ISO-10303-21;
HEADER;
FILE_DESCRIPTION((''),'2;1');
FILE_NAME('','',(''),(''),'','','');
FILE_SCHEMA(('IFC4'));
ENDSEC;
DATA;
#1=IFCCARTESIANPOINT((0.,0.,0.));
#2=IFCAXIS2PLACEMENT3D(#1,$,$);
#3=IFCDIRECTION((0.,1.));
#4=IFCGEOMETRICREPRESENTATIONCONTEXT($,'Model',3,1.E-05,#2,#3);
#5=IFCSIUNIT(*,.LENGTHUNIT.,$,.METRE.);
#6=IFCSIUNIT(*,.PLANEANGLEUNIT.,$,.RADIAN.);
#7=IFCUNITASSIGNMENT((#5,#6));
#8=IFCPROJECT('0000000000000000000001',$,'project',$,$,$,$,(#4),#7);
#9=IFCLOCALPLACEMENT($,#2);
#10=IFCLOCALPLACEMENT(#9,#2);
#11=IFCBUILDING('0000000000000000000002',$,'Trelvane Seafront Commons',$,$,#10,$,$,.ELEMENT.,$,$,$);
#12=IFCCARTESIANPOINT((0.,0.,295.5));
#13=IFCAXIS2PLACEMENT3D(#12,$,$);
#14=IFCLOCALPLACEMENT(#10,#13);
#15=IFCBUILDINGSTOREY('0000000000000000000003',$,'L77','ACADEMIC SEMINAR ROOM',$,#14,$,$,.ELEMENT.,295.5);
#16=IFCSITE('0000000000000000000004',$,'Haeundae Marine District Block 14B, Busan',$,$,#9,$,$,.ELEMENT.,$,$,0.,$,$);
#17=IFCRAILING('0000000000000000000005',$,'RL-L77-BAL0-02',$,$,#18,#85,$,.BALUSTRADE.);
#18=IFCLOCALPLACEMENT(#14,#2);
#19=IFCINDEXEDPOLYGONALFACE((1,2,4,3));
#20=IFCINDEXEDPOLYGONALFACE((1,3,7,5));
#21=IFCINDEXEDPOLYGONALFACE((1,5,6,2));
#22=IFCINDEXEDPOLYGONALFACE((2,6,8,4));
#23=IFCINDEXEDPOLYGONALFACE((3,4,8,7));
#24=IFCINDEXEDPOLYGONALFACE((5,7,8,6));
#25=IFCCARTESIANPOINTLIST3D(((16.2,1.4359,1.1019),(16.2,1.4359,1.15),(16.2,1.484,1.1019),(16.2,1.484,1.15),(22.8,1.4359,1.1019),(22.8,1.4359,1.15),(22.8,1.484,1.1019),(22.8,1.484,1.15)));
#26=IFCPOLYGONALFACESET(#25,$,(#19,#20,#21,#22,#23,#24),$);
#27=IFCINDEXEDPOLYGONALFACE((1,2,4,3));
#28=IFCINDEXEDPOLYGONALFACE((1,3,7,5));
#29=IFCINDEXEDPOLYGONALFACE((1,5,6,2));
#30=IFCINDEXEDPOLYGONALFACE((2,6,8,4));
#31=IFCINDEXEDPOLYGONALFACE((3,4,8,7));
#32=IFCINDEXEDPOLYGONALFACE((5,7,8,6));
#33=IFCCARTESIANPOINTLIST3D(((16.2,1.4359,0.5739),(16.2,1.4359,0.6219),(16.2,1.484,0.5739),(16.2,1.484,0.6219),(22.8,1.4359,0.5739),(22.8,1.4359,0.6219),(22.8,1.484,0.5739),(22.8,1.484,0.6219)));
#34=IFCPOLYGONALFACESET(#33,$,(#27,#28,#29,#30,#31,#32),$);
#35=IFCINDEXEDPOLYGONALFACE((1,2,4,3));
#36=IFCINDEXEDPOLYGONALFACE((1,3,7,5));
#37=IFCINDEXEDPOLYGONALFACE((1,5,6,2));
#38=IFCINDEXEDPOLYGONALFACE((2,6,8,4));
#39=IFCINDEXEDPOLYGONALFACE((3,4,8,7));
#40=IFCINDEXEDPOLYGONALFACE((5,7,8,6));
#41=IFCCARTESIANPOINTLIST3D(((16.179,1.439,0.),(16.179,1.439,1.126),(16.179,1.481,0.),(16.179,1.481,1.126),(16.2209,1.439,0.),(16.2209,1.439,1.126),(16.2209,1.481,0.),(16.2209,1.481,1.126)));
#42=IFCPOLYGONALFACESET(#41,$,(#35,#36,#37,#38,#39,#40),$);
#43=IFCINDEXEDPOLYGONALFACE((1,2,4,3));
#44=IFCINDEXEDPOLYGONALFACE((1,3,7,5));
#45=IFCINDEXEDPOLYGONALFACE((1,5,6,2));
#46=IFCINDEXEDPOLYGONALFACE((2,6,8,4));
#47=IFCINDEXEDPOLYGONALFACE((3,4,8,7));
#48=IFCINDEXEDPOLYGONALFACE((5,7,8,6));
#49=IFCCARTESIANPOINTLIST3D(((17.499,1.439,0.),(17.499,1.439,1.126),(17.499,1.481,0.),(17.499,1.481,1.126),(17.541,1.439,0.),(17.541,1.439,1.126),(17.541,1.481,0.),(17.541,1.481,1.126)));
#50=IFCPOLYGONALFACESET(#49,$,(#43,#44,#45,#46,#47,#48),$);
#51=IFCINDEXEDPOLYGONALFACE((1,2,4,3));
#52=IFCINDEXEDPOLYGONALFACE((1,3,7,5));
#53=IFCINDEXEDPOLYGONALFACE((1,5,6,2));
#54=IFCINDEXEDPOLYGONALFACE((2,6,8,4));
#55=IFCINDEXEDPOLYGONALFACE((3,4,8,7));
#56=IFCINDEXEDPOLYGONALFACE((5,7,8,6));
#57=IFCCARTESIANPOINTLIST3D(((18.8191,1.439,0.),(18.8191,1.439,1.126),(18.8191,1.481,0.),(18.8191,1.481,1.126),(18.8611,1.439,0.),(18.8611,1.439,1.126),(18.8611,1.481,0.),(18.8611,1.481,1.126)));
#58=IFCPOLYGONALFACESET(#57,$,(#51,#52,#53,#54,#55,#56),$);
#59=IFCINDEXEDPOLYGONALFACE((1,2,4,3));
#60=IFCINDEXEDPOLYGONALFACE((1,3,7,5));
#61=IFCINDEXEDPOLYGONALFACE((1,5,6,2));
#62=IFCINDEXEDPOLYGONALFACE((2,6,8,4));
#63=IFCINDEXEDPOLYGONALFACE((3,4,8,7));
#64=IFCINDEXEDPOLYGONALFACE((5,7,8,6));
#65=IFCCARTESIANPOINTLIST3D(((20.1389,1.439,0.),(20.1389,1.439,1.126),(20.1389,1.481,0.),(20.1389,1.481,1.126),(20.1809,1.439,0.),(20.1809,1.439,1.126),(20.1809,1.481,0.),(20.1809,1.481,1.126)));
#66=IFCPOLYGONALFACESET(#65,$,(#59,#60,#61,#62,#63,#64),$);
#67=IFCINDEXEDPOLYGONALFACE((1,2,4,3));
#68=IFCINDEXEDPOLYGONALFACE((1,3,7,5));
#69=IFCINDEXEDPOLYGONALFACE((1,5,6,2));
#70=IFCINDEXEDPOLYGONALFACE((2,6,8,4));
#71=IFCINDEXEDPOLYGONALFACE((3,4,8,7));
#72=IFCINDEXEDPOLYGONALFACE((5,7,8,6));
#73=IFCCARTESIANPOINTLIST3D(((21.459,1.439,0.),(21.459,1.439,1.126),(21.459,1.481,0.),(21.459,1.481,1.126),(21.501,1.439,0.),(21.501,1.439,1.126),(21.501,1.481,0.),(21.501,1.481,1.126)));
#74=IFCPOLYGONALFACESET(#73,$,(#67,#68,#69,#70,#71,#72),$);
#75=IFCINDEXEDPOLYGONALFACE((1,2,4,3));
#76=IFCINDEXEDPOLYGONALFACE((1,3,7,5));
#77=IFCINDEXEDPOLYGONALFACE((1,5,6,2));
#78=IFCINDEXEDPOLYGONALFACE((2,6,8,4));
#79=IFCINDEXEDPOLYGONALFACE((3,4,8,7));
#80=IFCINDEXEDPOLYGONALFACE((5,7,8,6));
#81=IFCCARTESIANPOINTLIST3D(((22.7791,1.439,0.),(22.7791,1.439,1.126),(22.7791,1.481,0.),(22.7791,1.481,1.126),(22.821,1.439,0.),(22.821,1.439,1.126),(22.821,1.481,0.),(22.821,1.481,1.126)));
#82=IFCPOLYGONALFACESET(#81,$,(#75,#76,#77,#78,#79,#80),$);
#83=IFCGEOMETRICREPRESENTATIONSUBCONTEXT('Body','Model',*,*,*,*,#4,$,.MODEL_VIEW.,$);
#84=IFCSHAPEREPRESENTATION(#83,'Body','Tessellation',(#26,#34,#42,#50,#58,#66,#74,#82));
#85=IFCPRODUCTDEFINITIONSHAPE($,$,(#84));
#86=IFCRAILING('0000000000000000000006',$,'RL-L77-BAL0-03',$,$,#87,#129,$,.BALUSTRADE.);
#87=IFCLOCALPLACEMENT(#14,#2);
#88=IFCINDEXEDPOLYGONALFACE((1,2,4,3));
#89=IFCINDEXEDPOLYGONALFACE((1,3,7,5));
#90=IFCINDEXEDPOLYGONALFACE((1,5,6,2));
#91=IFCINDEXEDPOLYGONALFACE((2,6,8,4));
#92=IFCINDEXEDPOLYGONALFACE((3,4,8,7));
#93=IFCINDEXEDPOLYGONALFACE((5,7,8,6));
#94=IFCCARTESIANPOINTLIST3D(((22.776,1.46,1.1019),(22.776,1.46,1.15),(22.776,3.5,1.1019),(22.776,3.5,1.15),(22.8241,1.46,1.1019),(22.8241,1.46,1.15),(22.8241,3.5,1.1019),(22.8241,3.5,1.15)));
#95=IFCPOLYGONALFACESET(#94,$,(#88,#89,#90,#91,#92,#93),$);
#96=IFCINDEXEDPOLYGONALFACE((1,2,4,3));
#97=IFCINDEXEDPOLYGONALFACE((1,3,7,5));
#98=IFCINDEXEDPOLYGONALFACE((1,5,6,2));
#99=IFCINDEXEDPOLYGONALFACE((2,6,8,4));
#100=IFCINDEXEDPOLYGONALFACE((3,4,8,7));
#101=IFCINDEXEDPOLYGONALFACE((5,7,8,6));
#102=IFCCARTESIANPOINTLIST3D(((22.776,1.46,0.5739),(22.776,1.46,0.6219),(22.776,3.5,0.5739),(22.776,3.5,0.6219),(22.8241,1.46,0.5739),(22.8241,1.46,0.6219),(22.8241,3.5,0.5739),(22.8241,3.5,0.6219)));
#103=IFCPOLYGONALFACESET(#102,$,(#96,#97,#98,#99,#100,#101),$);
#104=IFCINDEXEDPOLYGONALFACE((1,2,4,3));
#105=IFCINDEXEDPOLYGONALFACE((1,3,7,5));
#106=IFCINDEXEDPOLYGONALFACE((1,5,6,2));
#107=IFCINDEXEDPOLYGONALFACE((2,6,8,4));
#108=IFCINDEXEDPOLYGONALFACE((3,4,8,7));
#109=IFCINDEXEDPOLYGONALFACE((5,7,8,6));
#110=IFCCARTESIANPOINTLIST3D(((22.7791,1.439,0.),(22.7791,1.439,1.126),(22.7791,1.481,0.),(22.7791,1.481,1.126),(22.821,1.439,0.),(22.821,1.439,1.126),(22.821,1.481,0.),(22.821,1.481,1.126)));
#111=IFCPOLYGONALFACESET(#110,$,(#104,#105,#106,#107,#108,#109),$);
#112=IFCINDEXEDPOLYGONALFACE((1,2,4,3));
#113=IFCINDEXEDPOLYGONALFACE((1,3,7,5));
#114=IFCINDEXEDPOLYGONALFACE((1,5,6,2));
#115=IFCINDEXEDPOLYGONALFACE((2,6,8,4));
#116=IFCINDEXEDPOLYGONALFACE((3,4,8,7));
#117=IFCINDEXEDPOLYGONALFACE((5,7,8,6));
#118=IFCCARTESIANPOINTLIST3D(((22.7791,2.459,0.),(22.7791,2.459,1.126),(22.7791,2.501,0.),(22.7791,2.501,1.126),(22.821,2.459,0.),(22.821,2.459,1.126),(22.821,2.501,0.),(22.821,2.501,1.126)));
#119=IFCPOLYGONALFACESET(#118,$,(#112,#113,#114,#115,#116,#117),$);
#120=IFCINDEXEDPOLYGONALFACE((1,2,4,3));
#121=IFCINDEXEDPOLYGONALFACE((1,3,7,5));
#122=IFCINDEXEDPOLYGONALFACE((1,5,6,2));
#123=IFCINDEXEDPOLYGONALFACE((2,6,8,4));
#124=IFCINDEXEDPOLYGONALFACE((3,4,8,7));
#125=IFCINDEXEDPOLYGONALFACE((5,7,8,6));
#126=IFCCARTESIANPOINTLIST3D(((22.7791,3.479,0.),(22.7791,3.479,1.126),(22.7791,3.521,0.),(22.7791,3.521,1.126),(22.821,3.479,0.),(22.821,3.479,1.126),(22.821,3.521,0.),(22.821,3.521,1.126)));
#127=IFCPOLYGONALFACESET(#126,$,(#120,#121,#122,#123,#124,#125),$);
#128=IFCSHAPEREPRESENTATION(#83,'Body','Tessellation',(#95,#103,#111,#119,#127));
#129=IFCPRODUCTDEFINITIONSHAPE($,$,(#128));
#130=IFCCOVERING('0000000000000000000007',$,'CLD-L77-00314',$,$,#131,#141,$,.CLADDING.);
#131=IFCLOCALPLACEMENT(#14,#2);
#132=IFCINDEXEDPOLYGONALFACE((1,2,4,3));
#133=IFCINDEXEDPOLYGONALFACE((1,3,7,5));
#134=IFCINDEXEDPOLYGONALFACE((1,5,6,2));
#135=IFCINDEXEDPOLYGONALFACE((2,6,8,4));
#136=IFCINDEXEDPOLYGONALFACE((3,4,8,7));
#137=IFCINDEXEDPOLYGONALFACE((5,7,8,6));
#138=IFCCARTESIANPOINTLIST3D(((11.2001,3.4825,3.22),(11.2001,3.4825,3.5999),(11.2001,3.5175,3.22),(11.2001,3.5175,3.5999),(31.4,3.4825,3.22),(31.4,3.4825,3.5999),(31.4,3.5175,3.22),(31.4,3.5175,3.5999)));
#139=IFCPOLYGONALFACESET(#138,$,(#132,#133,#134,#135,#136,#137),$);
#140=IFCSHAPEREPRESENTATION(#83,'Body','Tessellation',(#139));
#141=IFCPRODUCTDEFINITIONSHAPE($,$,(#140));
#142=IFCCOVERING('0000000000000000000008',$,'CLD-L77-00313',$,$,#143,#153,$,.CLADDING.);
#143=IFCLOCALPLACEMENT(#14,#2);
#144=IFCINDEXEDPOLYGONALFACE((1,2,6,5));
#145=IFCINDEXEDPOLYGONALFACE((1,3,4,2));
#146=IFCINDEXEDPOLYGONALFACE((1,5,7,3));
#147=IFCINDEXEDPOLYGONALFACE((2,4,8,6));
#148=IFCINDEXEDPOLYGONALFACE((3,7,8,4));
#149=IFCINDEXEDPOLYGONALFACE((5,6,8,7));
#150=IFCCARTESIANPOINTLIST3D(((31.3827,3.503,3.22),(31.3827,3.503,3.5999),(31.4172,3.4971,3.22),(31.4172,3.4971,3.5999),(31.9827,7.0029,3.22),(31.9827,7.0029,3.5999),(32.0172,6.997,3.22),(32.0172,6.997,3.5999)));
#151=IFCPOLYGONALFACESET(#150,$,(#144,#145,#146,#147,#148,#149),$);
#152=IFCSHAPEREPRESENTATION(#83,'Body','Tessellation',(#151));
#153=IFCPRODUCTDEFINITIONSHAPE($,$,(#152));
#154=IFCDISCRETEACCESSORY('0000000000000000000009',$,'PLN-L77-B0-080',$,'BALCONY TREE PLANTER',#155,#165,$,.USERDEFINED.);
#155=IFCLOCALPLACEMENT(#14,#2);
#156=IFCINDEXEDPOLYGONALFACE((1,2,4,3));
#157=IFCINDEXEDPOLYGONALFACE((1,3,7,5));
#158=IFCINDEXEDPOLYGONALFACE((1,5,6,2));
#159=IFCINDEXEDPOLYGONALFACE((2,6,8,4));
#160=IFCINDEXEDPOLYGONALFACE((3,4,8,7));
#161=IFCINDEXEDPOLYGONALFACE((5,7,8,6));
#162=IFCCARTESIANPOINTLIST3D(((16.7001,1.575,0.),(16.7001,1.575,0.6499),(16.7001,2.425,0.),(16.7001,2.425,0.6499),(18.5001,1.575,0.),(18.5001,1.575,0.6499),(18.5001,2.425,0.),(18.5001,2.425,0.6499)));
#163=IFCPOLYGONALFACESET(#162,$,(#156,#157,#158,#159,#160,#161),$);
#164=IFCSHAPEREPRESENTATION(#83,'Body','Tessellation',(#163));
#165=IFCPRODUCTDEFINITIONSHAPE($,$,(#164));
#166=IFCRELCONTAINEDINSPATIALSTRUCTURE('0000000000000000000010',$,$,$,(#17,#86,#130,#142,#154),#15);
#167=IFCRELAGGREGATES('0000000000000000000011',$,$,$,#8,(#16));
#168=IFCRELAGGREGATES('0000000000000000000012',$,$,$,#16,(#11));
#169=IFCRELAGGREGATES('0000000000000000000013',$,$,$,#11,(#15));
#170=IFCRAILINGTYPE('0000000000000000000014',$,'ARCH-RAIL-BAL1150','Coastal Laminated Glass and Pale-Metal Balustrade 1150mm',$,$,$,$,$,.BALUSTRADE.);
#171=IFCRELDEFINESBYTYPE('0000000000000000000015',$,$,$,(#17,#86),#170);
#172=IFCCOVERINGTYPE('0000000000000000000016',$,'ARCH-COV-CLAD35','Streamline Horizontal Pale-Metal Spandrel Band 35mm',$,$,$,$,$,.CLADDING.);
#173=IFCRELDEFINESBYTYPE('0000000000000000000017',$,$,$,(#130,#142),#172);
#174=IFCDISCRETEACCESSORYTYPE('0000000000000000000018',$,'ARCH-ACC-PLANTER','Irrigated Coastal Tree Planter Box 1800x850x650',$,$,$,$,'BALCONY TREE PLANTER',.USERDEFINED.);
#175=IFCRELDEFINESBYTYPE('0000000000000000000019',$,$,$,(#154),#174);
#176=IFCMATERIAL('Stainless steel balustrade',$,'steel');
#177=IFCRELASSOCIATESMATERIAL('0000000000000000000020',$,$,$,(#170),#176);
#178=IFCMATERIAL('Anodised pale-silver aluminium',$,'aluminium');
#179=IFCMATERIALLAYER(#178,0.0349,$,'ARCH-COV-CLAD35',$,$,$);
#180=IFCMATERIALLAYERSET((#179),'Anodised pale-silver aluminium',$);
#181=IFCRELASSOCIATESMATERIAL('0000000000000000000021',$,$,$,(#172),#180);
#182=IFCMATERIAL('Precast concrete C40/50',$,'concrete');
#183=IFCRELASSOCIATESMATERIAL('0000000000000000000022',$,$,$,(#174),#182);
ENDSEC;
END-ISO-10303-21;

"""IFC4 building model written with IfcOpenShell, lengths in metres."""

from ifc_helpers import new_model, si_unit, direction, frame, origin, origin_2d, place, context, subcontext, project, spatial, rectangle, extrude, source, transform, mapped, material, layer, layer_set, type_object, element, save


model = new_model("IFC4")

# Units and contexts
model_context = context("Model", 3, precision=1e-05, world=origin(), true_north=direction((0.0, 1.0)))
body_context = subcontext(model_context, "Body", "Model", "MODEL_VIEW")
ifc_project = project(units=[si_unit("LENGTHUNIT", "METRE"), si_unit("PLANEANGLEUNIT", "RADIAN")], contexts=[model_context])

# Site, building, storey
site_placement = place(None, origin())
site = spatial("IfcSite", under=ifc_project, at=site_placement, Name="Haeundae Marine District Block 14B, Busan", CompositionType="ELEMENT", RefElevation=0.0)
building_placement = place(site_placement, origin())
building = spatial("IfcBuilding", under=site, at=building_placement, Name="Trelvane Seafront Commons", CompositionType="ELEMENT")
storey_placement = place(building_placement, frame((0.0, 0.0, 295.5)))
storey = spatial("IfcBuildingStorey", under=building, at=storey_placement, Name="L77", Description="ACADEMIC SEMINAR ROOM", CompositionType="ELEMENT", Elevation=295.5)

# Shared definitions
ifc_material_1 = material(Name="Anodised pale-silver aluminium", Category="aluminium")

# Shared definitions
ifc_material_2 = material(Name="Precast concrete C40/50", Category="concrete")

# Railings
ifc_material_3 = material(Name="Stainless steel balustrade", Category="steel")
railing_type = type_object("IfcRailingType", Name="ARCH-RAIL-BAL1150", Description="Coastal Laminated Glass and Pale-Metal Balustrade 1150mm", PredefinedType="BALUSTRADE", material=ifc_material_3)
railing_1_placement = place(storey_placement, frame((16.2, 1.46, 0.0)))
element("IfcRailing", 1, at=railing_1_placement, inside=storey, type_object=railing_type, Name="RL-L77-BAL0-02", PredefinedType="BALUSTRADE", context=body_context, shape_type="SweptSolid", body=[
    extrude(rectangle(XDim=0.0481, YDim=0.0481, at=origin_2d()), frame((0.0, 0.0, 1.126), z_axis=(1.0, 0.0, 0.0), x_axis=(0.0, 1.0, 0.0)), (0.0, 0.0, 1.0), 6.6001),
    extrude(rectangle(XDim=0.0481, YDim=0.0481, at=origin_2d()), frame((0.0, 0.0, 0.5979), z_axis=(1.0, 0.0, 0.0), x_axis=(0.0, 1.0, 0.0)), (0.0, 0.0, 1.0), 6.6001),
    extrude(rectangle(XDim=0.042, YDim=0.042, at=origin_2d()), origin(), (0.0, 0.0, 1.0), 1.126),
    extrude(rectangle(XDim=0.042, YDim=0.042, at=origin_2d()), frame((1.3201, 0.0, 0.0)), (0.0, 0.0, 1.0), 1.126),
    extrude(rectangle(XDim=0.042, YDim=0.042, at=origin_2d()), frame((2.6401, 0.0, 0.0)), (0.0, 0.0, 1.0), 1.126),
    extrude(rectangle(XDim=0.042, YDim=0.042, at=origin_2d()), frame((3.96, 0.0, 0.0)), (0.0, 0.0, 1.0), 1.126),
    extrude(rectangle(XDim=0.042, YDim=0.042, at=origin_2d()), frame((5.28, 0.0, 0.0)), (0.0, 0.0, 1.0), 1.126),
    extrude(rectangle(XDim=0.042, YDim=0.042, at=origin_2d()), frame((6.6001, 0.0, 0.0)), (0.0, 0.0, 1.0), 1.126),
])
railing_2_placement = place(storey_placement, frame((22.8, 1.46, 0.0)))
element("IfcRailing", 2, at=railing_2_placement, inside=storey, type_object=railing_type, Name="RL-L77-BAL0-03", PredefinedType="BALUSTRADE", context=body_context, shape_type="SweptSolid", body=[
    extrude(rectangle(XDim=0.0481, YDim=0.0481, at=origin_2d()), frame((0.0, 0.0, 1.126), z_axis=(0.0, 1.0, 0.0), x_axis=(-1.0, 0.0, 0.0)), (0.0, 0.0, 1.0), 2.04),
    extrude(rectangle(XDim=0.0481, YDim=0.0481, at=origin_2d()), frame((0.0, 0.0, 0.5979), z_axis=(0.0, 1.0, 0.0), x_axis=(-1.0, 0.0, 0.0)), (0.0, 0.0, 1.0), 2.04),
    extrude(rectangle(XDim=0.042, YDim=0.042, at=origin_2d()), origin(), (0.0, 0.0, 1.0), 1.126),
    extrude(rectangle(XDim=0.042, YDim=0.042, at=origin_2d()), frame((0.0, 1.02, 0.0)), (0.0, 0.0, 1.0), 1.126),
    extrude(rectangle(XDim=0.042, YDim=0.042, at=origin_2d()), frame((0.0, 2.04, 0.0)), (0.0, 0.0, 1.0), 1.126),
])

# Coverings
ifc_layer_1 = layer(ifc_material_1, 0.0349, Name="ARCH-COV-CLAD35")
ifc_layer_set_1 = layer_set([ifc_layer_1], Name="Anodised pale-silver aluminium")
covering_type = type_object("IfcCoveringType", Name="ARCH-COV-CLAD35", Description="Streamline Horizontal Pale-Metal Spandrel Band 35mm", PredefinedType="CLADDING", material=ifc_layer_set_1)
shared_shape_1 = source(origin(), body_context, "Body", "SweptSolid", [
    extrude(rectangle(XDim=20.2, YDim=0.0349, at=origin_2d()), origin(), (0.0, 0.0, 1.0), 0.3799),
])
covering_1_placement = place(storey_placement, frame((21.3, 3.5, 3.22), z_axis=(0.0, 0.0, 1.0), x_axis=(-1.0, 0.0, 0.0)))
element("IfcCovering", 3, at=covering_1_placement, inside=storey, type_object=covering_type, Name="CLD-L77-00314", PredefinedType="CLADDING", context=body_context, shape_type="MappedRepresentation", body=[
    mapped(shared_shape_1, transform((0.0, 0.0, 0.0), x_axis=(1.0, 0.0, 0.0), y_axis=(0.0, 1.0, 0.0), z_axis=(0.0, 0.0, 1.0), scale=1.0)),
])
shared_shape_2 = source(origin(), body_context, "Body", "SweptSolid", [
    extrude(rectangle(XDim=3.551, YDim=0.0349, at=origin_2d()), origin(), (0.0, 0.0, 1.0), 0.3799),
])
covering_2_placement = place(storey_placement, frame((31.7, 5.25, 3.22), z_axis=(0.0, 0.0, 1.0), x_axis=(-0.168964, -0.985622, 0.0)))
element("IfcCovering", 4, at=covering_2_placement, inside=storey, type_object=covering_type, Name="CLD-L77-00313", PredefinedType="CLADDING", context=body_context, shape_type="MappedRepresentation", body=[
    mapped(shared_shape_2, transform((0.0, 0.0, 0.0), x_axis=(1.0, 0.0, 0.0), y_axis=(0.0, 1.0, 0.0), z_axis=(0.0, 0.0, 1.0), scale=1.0)),
])

# Discrete accessory
discrete_accessory_type = type_object("IfcDiscreteAccessoryType", Name="ARCH-ACC-PLANTER", Description="Irrigated Coastal Tree Planter Box 1800x850x650", ElementType="BALCONY TREE PLANTER", PredefinedType="USERDEFINED", material=ifc_material_2)
shared_shape_3 = source(origin(), body_context, "Body", "SweptSolid", [
    extrude(rectangle(XDim=1.8, YDim=0.8501, at=origin_2d()), origin(), (0.0, 0.0, 1.0), 0.6499),
])
discrete_accessory_placement = place(storey_placement, frame((17.6001, 2.0, 0.0), z_axis=(0.0, 0.0, 1.0), x_axis=(1.0, 0.0, 0.0)))
element("IfcDiscreteAccessory", 5, at=discrete_accessory_placement, inside=storey, type_object=discrete_accessory_type, Name="PLN-L77-B0-080", ObjectType="BALCONY TREE PLANTER", PredefinedType="USERDEFINED", context=body_context, shape_type="MappedRepresentation", body=[
    mapped(shared_shape_3, transform((0.0, 0.0, 0.0), x_axis=(1.0, 0.0, 0.0), y_axis=(0.0, 1.0, 0.0), z_axis=(0.0, 0.0, 1.0), scale=1.0)),
])

save(model, "model.ifc")
